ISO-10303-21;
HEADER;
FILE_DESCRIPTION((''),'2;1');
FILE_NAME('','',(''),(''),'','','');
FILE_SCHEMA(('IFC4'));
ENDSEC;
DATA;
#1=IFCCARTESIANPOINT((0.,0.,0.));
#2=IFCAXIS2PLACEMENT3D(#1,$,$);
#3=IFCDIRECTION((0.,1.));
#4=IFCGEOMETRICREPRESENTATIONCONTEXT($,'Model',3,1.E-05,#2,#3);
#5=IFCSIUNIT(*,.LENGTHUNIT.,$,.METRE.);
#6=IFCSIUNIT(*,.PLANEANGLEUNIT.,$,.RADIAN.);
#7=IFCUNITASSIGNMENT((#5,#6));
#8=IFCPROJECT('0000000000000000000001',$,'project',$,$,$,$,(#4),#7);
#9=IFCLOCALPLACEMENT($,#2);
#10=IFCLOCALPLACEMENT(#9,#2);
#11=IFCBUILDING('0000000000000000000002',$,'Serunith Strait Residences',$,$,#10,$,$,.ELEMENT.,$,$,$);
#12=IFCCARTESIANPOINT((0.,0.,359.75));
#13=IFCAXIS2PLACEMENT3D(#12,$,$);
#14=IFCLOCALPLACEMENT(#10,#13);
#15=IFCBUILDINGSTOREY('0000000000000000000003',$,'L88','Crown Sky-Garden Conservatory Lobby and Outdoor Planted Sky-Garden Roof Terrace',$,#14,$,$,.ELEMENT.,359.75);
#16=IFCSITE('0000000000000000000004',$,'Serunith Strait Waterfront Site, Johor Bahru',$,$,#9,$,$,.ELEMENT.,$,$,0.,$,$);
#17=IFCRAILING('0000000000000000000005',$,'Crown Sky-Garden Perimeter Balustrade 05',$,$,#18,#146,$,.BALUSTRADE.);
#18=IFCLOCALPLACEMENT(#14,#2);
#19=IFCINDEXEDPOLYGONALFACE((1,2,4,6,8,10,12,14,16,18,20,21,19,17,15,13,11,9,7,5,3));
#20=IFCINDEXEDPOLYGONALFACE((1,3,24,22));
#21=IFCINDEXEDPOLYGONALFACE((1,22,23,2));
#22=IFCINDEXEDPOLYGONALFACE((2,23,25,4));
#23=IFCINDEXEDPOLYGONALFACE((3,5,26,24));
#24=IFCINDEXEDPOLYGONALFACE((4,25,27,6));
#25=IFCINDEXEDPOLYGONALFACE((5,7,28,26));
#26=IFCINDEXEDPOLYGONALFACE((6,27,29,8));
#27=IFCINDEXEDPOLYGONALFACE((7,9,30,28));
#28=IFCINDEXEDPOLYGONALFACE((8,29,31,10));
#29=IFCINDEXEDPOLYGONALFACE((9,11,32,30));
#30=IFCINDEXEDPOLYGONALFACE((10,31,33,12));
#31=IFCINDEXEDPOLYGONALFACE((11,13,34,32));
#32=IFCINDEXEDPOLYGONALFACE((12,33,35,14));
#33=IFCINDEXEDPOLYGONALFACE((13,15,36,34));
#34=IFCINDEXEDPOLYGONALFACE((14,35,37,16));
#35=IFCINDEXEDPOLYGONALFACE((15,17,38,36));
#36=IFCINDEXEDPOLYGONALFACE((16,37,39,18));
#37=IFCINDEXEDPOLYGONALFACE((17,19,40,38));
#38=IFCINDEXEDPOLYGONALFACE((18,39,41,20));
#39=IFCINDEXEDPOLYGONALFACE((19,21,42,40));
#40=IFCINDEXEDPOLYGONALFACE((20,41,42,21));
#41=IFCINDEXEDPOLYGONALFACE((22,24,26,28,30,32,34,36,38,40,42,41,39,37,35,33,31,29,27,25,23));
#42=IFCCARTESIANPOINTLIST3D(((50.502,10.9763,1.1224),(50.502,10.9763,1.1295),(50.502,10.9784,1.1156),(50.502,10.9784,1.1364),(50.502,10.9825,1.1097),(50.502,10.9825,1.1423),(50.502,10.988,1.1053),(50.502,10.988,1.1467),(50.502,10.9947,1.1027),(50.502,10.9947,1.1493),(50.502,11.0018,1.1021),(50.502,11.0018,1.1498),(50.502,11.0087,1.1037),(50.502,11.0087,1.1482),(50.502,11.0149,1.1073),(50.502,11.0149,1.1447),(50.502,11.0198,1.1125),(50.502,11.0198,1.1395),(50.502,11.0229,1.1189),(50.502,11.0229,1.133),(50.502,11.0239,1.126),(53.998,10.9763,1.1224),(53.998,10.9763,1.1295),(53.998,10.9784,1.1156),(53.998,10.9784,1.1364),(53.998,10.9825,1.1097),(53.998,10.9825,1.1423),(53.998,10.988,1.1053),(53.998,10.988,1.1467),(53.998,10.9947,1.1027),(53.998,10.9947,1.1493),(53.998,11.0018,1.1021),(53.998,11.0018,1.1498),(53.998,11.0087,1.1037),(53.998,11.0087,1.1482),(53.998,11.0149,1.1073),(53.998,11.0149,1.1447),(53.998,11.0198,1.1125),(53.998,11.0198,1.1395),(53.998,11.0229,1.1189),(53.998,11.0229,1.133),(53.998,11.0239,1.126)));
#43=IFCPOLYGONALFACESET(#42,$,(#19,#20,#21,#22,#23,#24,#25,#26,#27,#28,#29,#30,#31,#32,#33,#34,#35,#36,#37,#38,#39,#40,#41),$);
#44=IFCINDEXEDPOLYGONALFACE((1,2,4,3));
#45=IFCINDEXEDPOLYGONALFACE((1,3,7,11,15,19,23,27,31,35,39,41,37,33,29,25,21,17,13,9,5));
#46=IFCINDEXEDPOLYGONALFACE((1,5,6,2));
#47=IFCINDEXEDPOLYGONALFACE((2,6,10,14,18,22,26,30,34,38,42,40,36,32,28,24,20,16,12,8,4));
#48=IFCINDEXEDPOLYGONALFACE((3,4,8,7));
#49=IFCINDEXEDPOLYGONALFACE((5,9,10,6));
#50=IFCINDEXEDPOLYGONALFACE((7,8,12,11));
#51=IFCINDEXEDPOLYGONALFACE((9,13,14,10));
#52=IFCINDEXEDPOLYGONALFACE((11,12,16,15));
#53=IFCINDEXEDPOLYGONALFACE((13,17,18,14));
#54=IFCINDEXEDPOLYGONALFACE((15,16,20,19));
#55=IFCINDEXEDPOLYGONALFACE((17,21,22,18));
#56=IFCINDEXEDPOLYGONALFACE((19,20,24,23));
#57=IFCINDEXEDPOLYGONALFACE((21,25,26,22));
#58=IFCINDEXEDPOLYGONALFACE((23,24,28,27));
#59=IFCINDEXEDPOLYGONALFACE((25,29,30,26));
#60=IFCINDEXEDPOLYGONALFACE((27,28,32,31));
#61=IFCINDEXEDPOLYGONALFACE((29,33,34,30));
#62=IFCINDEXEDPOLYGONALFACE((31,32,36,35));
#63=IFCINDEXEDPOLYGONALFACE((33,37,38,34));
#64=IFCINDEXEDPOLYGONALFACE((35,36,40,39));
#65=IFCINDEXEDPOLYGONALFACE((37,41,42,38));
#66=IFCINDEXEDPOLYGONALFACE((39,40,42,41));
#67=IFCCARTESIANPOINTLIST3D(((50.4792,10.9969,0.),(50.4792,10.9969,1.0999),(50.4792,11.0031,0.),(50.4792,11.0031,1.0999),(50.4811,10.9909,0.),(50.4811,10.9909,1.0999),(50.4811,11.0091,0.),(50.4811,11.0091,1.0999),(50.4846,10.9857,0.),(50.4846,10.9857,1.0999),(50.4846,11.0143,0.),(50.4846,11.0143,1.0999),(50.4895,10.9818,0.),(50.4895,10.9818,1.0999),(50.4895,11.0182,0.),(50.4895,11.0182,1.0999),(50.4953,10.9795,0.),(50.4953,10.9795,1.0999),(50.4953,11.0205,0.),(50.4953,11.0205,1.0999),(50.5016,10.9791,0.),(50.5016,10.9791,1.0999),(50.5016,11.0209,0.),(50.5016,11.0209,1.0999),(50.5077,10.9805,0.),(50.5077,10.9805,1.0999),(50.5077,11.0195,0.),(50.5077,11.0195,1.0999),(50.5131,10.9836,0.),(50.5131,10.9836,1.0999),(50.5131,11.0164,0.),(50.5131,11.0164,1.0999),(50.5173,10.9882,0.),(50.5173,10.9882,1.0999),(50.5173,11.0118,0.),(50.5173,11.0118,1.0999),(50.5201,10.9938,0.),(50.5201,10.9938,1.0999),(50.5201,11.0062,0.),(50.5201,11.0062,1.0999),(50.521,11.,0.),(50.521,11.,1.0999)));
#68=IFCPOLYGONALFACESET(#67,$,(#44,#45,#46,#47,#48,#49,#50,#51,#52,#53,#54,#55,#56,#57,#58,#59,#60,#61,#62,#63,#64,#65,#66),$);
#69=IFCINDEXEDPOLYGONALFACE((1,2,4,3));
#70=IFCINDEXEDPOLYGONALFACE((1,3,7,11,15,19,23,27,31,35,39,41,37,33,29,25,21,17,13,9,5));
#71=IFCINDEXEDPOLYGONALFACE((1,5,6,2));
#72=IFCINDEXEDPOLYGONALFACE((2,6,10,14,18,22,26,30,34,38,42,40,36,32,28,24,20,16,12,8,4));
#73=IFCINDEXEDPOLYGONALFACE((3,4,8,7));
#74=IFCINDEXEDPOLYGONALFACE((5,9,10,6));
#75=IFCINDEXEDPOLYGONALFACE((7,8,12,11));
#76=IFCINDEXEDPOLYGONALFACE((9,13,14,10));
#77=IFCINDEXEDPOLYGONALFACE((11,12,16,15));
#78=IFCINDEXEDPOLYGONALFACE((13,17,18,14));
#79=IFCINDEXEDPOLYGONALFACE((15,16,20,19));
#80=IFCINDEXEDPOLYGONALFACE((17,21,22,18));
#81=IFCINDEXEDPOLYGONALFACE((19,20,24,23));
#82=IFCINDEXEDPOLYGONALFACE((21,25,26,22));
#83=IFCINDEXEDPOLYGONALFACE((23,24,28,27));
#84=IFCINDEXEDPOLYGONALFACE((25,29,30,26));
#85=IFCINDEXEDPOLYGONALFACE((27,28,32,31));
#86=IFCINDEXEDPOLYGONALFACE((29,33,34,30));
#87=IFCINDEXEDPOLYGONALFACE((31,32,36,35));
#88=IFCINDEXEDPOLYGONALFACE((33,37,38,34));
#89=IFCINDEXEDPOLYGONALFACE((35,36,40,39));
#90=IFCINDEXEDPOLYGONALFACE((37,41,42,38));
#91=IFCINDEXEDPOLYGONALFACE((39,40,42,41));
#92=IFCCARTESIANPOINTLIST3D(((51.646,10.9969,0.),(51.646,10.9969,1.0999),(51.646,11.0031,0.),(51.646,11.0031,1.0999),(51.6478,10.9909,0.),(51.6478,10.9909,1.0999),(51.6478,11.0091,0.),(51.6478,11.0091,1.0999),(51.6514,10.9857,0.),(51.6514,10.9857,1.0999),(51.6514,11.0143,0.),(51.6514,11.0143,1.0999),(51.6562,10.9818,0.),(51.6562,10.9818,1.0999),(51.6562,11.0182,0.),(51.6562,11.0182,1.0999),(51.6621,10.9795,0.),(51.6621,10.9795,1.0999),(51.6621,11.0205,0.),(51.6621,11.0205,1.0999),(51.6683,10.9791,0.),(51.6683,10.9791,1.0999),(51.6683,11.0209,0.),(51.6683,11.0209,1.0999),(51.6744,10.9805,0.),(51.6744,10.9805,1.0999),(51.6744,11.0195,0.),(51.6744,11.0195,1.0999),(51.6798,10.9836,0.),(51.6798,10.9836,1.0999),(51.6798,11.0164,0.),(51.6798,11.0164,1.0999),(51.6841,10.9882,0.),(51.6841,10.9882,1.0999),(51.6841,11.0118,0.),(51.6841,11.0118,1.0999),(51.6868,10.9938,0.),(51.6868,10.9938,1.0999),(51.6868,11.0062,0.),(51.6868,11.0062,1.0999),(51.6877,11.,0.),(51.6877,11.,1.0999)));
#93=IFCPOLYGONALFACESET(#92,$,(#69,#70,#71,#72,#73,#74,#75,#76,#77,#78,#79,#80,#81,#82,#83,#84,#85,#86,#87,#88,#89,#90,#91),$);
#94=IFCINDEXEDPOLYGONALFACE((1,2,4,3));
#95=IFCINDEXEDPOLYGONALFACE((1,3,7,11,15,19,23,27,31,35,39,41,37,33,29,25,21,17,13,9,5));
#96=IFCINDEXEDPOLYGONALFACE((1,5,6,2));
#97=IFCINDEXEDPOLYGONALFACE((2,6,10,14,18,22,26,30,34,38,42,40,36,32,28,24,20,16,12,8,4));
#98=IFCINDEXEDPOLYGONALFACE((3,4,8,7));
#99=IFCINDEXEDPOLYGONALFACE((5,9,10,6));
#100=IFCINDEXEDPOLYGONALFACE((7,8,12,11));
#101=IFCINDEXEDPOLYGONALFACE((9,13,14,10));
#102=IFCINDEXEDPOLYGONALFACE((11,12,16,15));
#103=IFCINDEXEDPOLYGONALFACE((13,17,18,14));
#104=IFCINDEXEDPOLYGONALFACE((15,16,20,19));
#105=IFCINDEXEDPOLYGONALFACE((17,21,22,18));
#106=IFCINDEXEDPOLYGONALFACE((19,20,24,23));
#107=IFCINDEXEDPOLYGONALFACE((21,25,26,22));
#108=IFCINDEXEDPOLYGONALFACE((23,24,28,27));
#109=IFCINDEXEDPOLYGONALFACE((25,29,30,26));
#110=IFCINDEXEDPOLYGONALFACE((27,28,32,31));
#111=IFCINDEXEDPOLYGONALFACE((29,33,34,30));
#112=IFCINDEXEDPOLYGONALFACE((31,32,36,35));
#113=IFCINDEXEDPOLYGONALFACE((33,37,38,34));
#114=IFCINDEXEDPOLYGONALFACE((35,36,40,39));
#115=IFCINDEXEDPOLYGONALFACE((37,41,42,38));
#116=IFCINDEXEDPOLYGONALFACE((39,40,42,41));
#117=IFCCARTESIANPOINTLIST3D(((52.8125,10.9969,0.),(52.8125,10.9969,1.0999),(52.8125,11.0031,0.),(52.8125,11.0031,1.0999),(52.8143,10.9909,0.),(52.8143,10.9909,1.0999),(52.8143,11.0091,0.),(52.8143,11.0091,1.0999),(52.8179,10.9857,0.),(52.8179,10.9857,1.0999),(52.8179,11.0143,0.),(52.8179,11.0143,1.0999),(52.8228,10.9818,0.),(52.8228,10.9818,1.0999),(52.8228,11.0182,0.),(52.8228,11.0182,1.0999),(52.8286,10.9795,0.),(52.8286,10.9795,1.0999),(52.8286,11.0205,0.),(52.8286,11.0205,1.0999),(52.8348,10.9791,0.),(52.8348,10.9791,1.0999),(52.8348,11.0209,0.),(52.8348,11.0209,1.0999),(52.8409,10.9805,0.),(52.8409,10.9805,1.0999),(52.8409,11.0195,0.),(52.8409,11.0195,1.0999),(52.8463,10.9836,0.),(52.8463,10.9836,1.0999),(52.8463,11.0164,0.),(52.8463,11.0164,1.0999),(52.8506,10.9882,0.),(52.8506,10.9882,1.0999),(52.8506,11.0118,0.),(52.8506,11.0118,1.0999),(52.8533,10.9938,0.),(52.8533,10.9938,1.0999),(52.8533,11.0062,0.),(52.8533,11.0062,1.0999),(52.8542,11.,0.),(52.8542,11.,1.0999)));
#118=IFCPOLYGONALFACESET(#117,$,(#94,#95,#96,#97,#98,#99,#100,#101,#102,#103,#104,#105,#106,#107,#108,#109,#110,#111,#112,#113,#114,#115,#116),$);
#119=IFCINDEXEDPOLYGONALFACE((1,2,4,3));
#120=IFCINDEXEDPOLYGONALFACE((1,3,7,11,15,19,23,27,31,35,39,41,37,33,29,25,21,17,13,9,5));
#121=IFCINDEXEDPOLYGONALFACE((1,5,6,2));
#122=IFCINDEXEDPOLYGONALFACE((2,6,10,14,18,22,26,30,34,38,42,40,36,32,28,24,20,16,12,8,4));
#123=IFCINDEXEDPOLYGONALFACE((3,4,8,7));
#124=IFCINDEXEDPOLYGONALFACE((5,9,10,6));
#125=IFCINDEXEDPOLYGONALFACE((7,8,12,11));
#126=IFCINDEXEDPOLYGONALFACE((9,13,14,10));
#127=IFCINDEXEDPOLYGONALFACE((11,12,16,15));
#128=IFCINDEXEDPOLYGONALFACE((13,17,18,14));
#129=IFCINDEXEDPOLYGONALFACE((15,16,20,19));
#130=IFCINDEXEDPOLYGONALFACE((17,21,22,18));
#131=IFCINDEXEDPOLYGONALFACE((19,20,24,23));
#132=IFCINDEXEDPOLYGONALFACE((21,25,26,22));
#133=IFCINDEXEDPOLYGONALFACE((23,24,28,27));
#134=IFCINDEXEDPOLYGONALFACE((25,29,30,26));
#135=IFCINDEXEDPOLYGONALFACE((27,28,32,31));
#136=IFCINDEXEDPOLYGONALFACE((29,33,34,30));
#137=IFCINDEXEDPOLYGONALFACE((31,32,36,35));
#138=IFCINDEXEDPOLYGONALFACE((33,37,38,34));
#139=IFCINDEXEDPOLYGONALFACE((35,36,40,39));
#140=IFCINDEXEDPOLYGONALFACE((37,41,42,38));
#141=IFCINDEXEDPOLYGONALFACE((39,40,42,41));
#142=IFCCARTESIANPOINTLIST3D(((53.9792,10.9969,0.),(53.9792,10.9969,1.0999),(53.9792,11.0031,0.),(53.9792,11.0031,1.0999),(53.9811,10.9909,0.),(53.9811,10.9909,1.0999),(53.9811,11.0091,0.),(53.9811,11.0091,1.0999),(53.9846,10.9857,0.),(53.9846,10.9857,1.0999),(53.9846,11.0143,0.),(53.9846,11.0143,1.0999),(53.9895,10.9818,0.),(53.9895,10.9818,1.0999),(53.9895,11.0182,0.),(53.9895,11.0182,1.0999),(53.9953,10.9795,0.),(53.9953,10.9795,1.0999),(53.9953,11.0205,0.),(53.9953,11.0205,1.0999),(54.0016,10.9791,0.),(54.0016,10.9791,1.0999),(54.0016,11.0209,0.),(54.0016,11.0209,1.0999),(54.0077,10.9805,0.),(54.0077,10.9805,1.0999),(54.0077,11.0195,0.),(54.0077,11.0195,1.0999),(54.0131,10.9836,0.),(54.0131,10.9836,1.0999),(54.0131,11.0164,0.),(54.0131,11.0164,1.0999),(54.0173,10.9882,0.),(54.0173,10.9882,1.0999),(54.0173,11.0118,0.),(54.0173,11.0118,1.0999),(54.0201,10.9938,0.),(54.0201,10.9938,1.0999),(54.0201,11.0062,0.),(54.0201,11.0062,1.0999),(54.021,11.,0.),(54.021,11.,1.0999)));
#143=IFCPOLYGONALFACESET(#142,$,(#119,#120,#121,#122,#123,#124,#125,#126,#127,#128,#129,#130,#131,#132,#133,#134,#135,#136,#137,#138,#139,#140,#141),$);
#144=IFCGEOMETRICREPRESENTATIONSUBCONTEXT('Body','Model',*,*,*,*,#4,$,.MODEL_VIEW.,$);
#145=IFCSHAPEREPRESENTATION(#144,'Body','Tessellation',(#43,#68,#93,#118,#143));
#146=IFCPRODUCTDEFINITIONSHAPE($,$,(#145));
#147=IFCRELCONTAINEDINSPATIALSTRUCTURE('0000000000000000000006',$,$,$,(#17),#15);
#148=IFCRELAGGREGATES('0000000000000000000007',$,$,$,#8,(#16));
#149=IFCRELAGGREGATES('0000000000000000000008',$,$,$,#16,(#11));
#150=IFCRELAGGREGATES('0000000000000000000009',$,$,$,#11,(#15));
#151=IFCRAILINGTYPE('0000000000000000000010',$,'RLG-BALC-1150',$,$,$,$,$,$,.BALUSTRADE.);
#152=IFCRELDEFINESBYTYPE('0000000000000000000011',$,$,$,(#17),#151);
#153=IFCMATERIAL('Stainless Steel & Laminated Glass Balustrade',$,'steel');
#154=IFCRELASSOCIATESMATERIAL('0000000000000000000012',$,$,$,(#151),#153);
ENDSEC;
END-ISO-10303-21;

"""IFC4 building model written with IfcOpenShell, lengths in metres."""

from ifc_helpers import new_model, si_unit, direction, frame, origin, origin_2d, place, context, subcontext, project, spatial, circle, extrude, material, type_object, element, save


model = new_model("IFC4")

# Units and contexts
model_context = context("Model", 3, precision=1e-05, world=origin(), true_north=direction((0.0, 1.0)))
body_context = subcontext(model_context, "Body", "Model", "MODEL_VIEW")
ifc_project = project(units=[si_unit("LENGTHUNIT", "METRE"), si_unit("PLANEANGLEUNIT", "RADIAN")], contexts=[model_context])

# Site, building, storey
site_placement = place(None, origin())
site = spatial("IfcSite", under=ifc_project, at=site_placement, Name="Serunith Strait Waterfront Site, Johor Bahru", CompositionType="ELEMENT", RefElevation=0.0)
building_placement = place(site_placement, origin())
building = spatial("IfcBuilding", under=site, at=building_placement, Name="Serunith Strait Residences", CompositionType="ELEMENT")
storey_placement = place(building_placement, frame((0.0, 0.0, 359.75)))
storey = spatial("IfcBuildingStorey", under=building, at=storey_placement, Name="L88", Description="Crown Sky-Garden Conservatory Lobby and Outdoor Planted Sky-Garden Roof Terrace", CompositionType="ELEMENT", Elevation=359.75)

# Railing
ifc_material_1 = material(Name="Stainless Steel & Laminated Glass Balustrade", Category="steel")
railing_type_1 = type_object("IfcRailingType", Name="RLG-BALC-1150", PredefinedType="BALUSTRADE", material=ifc_material_1)
railing_1_placement = place(storey_placement, frame((50.5, 11.0, 0.0)))
element("IfcRailing", 1, at=railing_1_placement, inside=storey, type_object=railing_type_1, Name="Crown Sky-Garden Perimeter Balustrade 05", PredefinedType="BALUSTRADE", context=body_context, shape_type="SweptSolid", body=[
    extrude(circle(Radius=0.0239, at=origin_2d()), frame((0.002, 0.0, 1.126), z_axis=(1.0, 0.0, 0.0), x_axis=(0.0, 1.0, 0.0)), (0.0, 0.0, 1.0), 3.4961),
    extrude(circle(Radius=0.021, at=origin_2d()), origin(), (0.0, 0.0, 1.0), 1.0999),
    extrude(circle(Radius=0.021, at=origin_2d()), frame((1.1667, 0.0, 0.0)), (0.0, 0.0, 1.0), 1.0999),
    extrude(circle(Radius=0.021, at=origin_2d()), frame((2.3333, 0.0, 0.0)), (0.0, 0.0, 1.0), 1.0999),
    extrude(circle(Radius=0.021, at=origin_2d()), frame((3.5, 0.0, 0.0)), (0.0, 0.0, 1.0), 1.0999),
])

save(model, "model.ifc")
